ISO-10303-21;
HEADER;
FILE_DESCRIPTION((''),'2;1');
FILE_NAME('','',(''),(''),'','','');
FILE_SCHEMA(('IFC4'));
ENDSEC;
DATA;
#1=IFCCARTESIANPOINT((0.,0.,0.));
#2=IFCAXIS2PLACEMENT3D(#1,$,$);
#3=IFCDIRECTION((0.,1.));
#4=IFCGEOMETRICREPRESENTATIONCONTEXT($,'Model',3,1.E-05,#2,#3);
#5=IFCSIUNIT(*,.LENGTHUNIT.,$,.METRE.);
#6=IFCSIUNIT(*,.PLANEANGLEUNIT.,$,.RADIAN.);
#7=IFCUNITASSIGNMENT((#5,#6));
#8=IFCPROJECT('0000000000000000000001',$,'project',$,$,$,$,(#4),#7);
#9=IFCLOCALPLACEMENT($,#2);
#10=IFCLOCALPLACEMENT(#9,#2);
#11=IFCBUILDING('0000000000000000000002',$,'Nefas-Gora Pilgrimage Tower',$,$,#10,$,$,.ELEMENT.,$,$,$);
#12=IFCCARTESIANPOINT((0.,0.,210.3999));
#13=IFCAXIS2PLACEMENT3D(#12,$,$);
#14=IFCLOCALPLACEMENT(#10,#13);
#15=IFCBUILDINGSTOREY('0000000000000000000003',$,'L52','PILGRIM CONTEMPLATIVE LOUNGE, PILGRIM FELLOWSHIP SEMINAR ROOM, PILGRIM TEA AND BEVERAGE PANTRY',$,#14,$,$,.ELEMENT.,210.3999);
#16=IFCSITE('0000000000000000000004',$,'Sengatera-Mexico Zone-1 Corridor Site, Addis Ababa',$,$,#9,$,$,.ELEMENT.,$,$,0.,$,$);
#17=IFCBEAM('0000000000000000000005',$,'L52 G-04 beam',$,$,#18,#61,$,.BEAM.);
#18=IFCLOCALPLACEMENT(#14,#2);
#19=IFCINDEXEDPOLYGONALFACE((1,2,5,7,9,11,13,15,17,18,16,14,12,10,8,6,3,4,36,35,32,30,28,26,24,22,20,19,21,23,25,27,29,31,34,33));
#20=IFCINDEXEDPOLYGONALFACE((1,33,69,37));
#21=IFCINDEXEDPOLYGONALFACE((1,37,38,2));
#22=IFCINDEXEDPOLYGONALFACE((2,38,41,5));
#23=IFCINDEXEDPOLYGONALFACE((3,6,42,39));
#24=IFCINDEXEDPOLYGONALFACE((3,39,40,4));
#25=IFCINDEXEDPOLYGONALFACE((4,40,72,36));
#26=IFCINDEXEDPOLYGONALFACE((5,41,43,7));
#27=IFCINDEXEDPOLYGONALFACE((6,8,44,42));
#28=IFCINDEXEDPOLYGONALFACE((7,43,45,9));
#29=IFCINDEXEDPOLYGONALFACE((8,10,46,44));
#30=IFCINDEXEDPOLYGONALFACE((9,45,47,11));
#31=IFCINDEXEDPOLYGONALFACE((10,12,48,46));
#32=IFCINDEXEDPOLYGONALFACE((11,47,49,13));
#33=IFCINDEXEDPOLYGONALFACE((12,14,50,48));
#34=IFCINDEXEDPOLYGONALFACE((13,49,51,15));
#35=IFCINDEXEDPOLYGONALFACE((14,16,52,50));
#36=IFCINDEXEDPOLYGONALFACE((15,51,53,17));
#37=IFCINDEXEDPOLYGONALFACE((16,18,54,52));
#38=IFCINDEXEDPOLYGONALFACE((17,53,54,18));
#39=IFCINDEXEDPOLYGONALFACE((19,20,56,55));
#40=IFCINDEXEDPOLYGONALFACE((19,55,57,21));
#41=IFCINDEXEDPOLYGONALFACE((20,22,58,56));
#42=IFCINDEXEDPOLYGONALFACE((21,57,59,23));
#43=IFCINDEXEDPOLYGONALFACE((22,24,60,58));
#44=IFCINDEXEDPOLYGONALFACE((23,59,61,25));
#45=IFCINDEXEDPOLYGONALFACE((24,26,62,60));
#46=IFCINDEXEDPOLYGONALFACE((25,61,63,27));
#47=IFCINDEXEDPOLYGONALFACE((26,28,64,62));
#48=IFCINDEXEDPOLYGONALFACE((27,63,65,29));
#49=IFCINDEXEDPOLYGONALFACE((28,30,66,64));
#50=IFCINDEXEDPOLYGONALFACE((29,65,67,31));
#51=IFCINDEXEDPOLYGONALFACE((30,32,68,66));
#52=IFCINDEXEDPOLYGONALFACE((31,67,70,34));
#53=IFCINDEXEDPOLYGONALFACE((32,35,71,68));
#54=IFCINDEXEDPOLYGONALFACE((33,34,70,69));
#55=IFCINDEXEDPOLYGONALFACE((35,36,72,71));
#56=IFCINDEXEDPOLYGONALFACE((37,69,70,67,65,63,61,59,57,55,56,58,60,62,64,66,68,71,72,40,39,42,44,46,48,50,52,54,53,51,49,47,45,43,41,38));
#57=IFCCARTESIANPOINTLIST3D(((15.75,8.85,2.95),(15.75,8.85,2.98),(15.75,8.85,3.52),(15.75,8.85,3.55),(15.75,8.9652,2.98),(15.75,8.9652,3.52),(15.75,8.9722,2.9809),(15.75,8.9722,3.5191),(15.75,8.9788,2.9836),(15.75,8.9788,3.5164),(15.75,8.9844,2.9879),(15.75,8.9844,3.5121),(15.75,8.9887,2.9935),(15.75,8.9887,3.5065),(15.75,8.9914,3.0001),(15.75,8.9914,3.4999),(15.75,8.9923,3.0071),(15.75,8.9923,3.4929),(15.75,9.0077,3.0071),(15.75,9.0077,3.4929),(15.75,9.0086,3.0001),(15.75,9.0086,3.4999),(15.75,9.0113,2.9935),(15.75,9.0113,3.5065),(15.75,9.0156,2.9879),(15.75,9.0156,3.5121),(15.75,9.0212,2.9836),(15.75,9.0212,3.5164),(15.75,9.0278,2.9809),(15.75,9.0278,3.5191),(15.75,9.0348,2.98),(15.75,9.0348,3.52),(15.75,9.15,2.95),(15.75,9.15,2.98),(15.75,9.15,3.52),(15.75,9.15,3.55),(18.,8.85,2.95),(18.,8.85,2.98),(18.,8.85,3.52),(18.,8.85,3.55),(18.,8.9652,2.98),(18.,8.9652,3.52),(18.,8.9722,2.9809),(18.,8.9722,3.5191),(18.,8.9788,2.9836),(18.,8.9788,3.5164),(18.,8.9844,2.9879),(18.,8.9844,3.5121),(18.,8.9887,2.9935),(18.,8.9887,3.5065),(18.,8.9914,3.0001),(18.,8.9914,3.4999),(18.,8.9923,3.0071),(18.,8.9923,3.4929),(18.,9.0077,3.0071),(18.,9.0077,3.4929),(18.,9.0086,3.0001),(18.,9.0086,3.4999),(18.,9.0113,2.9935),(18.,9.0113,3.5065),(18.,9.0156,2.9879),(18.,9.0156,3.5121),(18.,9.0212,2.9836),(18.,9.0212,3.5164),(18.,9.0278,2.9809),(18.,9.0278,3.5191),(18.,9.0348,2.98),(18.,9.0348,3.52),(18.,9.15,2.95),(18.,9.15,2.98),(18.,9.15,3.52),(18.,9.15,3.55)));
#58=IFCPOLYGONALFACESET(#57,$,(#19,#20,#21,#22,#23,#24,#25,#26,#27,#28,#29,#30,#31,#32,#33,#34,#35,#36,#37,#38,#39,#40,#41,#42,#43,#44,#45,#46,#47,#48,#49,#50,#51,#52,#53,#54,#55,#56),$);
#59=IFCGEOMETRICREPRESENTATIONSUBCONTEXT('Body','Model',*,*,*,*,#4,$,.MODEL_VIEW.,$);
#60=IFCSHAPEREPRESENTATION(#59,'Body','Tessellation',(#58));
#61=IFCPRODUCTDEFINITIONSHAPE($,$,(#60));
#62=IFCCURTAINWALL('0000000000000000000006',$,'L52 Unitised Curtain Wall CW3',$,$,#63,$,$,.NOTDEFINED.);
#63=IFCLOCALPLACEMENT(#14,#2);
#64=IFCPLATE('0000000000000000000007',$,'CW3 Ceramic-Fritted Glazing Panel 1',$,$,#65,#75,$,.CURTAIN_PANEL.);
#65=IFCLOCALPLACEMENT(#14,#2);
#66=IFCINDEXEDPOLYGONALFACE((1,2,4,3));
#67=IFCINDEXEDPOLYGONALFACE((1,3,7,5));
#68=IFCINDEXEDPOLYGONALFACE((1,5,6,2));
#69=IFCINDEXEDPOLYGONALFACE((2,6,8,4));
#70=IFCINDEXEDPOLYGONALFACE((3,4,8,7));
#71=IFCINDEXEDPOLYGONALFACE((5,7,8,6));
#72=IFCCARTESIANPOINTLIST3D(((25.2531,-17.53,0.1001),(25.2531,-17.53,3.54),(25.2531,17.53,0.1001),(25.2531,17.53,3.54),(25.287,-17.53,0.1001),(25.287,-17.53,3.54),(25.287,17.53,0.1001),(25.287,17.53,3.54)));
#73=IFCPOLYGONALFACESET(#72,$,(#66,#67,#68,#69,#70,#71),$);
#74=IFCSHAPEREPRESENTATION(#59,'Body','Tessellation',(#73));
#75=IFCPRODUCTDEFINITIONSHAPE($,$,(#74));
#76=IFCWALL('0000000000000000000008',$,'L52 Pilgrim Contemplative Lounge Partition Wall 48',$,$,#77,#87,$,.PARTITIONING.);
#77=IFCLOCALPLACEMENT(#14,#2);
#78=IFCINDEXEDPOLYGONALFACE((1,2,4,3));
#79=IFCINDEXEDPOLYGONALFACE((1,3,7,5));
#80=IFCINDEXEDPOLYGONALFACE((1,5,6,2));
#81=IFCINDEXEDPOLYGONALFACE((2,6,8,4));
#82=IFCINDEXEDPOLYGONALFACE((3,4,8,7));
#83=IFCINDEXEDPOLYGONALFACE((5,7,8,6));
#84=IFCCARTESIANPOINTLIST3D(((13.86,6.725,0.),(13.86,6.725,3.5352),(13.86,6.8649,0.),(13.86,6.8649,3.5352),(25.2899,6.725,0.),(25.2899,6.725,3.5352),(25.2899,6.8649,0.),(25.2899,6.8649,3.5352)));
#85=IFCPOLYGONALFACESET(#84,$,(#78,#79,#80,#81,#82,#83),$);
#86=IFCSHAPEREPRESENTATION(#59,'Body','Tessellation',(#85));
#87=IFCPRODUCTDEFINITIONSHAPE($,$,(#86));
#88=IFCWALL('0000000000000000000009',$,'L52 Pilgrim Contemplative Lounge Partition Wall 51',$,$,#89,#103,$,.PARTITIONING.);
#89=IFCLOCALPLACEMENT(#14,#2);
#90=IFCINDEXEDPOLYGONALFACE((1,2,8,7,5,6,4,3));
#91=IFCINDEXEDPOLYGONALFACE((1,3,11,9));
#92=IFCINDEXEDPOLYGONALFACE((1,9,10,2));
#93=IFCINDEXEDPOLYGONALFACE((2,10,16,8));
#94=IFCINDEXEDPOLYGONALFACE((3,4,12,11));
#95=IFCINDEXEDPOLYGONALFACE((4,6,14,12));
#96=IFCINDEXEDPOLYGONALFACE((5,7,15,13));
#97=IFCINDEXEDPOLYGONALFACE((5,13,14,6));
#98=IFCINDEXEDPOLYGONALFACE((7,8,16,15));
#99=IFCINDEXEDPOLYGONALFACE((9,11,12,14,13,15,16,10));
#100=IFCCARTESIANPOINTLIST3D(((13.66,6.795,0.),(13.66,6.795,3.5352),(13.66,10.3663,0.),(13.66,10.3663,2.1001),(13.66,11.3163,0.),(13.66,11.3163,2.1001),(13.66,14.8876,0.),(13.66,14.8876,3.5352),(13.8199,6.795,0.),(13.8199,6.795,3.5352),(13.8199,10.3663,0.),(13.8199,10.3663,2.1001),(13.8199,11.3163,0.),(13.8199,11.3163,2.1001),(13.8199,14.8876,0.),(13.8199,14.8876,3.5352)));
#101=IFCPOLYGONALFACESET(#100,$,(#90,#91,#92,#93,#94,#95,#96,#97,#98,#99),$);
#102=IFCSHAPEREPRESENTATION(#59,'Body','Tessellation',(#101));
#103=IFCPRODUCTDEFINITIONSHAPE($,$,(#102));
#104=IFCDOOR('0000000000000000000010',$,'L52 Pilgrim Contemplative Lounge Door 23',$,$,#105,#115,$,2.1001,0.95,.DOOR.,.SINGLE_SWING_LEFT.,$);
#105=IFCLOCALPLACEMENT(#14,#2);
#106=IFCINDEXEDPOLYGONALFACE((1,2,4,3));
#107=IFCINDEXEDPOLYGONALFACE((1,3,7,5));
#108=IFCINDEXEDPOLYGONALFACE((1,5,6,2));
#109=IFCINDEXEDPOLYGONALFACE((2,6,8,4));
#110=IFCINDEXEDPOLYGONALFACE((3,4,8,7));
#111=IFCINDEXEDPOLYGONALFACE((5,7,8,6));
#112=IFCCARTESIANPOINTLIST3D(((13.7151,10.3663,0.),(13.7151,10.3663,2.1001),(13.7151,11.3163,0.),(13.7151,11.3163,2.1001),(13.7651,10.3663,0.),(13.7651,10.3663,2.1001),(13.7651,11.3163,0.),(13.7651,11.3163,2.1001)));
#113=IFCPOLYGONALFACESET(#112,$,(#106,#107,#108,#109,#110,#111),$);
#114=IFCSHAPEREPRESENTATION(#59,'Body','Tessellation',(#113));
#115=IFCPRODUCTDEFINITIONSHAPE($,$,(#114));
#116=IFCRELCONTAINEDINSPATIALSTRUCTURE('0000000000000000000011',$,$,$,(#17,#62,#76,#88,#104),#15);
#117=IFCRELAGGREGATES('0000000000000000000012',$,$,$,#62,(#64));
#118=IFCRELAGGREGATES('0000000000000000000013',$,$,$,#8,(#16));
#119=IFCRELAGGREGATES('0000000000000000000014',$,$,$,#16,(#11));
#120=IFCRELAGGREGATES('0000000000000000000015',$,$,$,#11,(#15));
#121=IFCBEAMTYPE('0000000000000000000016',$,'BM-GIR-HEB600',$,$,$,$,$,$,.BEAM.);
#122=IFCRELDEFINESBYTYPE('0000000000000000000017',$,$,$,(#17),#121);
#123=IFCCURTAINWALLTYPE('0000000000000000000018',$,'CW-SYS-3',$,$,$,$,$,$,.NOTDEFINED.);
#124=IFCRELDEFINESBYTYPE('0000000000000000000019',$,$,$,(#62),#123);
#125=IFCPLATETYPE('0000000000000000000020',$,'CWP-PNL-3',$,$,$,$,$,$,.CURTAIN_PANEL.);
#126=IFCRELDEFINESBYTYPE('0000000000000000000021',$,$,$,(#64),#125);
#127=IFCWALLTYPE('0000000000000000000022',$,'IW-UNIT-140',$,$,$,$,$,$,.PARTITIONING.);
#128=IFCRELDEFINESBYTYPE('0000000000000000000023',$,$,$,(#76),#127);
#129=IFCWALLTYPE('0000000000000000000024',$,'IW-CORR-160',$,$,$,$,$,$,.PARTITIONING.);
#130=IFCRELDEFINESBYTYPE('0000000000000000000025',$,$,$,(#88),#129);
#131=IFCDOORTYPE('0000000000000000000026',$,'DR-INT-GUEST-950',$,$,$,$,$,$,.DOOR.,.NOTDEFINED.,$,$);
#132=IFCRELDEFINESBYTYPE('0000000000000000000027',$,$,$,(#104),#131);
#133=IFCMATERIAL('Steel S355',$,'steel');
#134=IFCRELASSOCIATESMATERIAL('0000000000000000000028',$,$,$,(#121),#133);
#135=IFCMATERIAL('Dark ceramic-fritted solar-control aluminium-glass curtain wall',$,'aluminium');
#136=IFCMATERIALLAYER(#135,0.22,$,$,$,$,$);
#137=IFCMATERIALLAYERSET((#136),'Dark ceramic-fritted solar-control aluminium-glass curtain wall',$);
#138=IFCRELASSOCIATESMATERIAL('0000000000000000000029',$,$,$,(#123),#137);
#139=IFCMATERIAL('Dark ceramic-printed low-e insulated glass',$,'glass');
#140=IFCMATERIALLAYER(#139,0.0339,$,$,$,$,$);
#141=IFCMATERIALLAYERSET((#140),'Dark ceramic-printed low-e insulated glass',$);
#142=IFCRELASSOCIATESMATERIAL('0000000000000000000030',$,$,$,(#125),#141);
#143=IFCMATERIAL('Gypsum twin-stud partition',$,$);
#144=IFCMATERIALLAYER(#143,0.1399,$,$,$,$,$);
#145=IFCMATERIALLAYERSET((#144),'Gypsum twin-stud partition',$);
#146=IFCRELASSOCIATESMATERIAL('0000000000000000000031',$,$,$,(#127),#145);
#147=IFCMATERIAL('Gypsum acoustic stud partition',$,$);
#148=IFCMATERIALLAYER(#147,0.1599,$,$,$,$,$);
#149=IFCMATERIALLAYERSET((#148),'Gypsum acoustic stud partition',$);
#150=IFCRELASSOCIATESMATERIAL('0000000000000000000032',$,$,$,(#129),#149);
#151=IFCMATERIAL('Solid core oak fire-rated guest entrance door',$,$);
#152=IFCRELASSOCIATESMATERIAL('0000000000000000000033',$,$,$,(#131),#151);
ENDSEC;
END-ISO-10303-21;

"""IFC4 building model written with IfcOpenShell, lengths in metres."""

from ifc_helpers import new_model, si_unit, direction, frame, frame_2d, origin, origin_2d, place, context, subcontext, project, spatial, rectangle, i_section, extrude, source, transform, mapped, material, layer, layer_set, material_profile, profile_set, type_object, element, fill, aggregate, save


model = new_model("IFC4")

# Units and contexts
model_context = context("Model", 3, precision=1e-05, world=origin(), true_north=direction((0.0, 1.0)))
body_context = subcontext(model_context, "Body", "Model", "MODEL_VIEW")
ifc_project = project(units=[si_unit("LENGTHUNIT", "METRE"), si_unit("PLANEANGLEUNIT", "RADIAN")], contexts=[model_context])

# Site, building, storey
site_placement = place(None, origin())
site = spatial("IfcSite", under=ifc_project, at=site_placement, Name="Sengatera-Mexico Zone-1 Corridor Site, Addis Ababa", CompositionType="ELEMENT", RefElevation=0.0)
building_placement = place(site_placement, origin())
building = spatial("IfcBuilding", under=site, at=building_placement, Name="Nefas-Gora Pilgrimage Tower", CompositionType="ELEMENT")
storey_placement = place(building_placement, frame((0.0, 0.0, 210.3999)))
storey = spatial("IfcBuildingStorey", under=building, at=storey_placement, Name="L52", Description="PILGRIM CONTEMPLATIVE LOUNGE, PILGRIM FELLOWSHIP SEMINAR ROOM, PILGRIM TEA AND BEVERAGE PANTRY", CompositionType="ELEMENT", Elevation=210.3999)

# Beam
ifc_material_1 = material(Name="Steel S355", Category="steel")
ifc_material_profile_1 = material_profile(ifc_material_1, i_section(OverallWidth=0.3, OverallDepth=0.6001, WebThickness=0.0154, FlangeThickness=0.03, FilletRadius=0.0271, at=origin_2d()), Name="HEB 600")
ifc_profile_set_1 = profile_set([ifc_material_profile_1], Name="Steel S355")
beam_type_1 = type_object("IfcBeamType", Name="BM-GIR-HEB600", PredefinedType="BEAM", material=ifc_profile_set_1)
shared_shape_1 = source(origin(), body_context, "Body", "SweptSolid", [
    extrude(i_section(OverallWidth=0.3, OverallDepth=0.6001, WebThickness=0.0154, FlangeThickness=0.03, FilletRadius=0.0271, at=origin_2d()), origin(), (0.0, 0.0, 1.0), 2.25),
])
for number, where, z_axis, x_axis, name in (
    (1, (15.75, 9.0, 3.25), (1.0, 0.0, 0.0), (0.0, 1.0, 0.0), "L52 G-04 beam"),
):
    element("IfcBeam", number, at=place(storey_placement, frame(where, z_axis=z_axis, x_axis=x_axis)), inside=storey, type_object=beam_type_1, Name=name, PredefinedType="BEAM", context=body_context, shape_type="MappedRepresentation", body=[
        mapped(shared_shape_1, transform((0.0, 0.0, 0.0), x_axis=(1.0, 0.0, 0.0), y_axis=(0.0, 1.0, 0.0), z_axis=(0.0, 0.0, 1.0), scale=1.0)),
    ])

# Curtain wall, plate
ifc_material_2 = material(Name="Dark ceramic-fritted solar-control aluminium-glass curtain wall", Category="aluminium")
ifc_layer_1 = layer(ifc_material_2, 0.22)
ifc_layer_set_1 = layer_set([ifc_layer_1], Name="Dark ceramic-fritted solar-control aluminium-glass curtain wall")
curtain_wall_type = type_object("IfcCurtainWallType", Name="CW-SYS-3", PredefinedType="NOTDEFINED", material=ifc_layer_set_1)
curtain_wall_placement = place(storey_placement, origin())
curtain_wall = element("IfcCurtainWall", 2, at=curtain_wall_placement, inside=storey, type_object=curtain_wall_type, Name="L52 Unitised Curtain Wall CW3", PredefinedType="NOTDEFINED")
ifc_material_3 = material(Name="Dark ceramic-printed low-e insulated glass", Category="glass")
ifc_layer_2 = layer(ifc_material_3, 0.0339)
ifc_layer_set_2 = layer_set([ifc_layer_2], Name="Dark ceramic-printed low-e insulated glass")
plate_type = type_object("IfcPlateType", Name="CWP-PNL-3", PredefinedType="CURTAIN_PANEL", material=ifc_layer_set_2)
shared_shape_2 = source(origin(), body_context, "Body", "SweptSolid", [
    extrude(rectangle(XDim=35.0601, YDim=0.0339, at=origin_2d()), origin(), (0.0, 0.0, 1.0), 3.4399),
])
plate_placement = place(storey_placement, frame((25.27, 0.0, 0.1001), z_axis=(0.0, 0.0, 1.0), x_axis=(0.0, 1.0, 0.0)))
plate = element("IfcPlate", 3, at=plate_placement, type_object=plate_type, Name="CW3 Ceramic-Fritted Glazing Panel 1", PredefinedType="CURTAIN_PANEL", context=body_context, shape_type="MappedRepresentation", body=[
    mapped(shared_shape_2, transform((0.0, 0.0, 0.0), x_axis=(1.0, 0.0, 0.0), y_axis=(0.0, 1.0, 0.0), z_axis=(0.0, 0.0, 1.0), scale=1.0)),
])
aggregate(curtain_wall, [plate])

# Wall
ifc_material_4 = material(Name="Gypsum twin-stud partition")
ifc_layer_3 = layer(ifc_material_4, 0.1399)
ifc_layer_set_3 = layer_set([ifc_layer_3], Name="Gypsum twin-stud partition")
wall_type_1 = type_object("IfcWallType", Name="IW-UNIT-140", PredefinedType="PARTITIONING", material=ifc_layer_set_3)
shared_shape_3 = source(origin(), body_context, "Body", "SweptSolid", [
    extrude(rectangle(XDim=11.4299, YDim=0.1399, at=frame_2d((5.7148, 0.0))), origin(), (0.0, 0.0, 1.0), 3.5352),
])
wall_1_placement = place(storey_placement, frame((13.8601, 6.7949, 0.0), z_axis=(0.0, 0.0, 1.0), x_axis=(1.0, 0.0, 0.0)))
element("IfcWall", 4, at=wall_1_placement, inside=storey, type_object=wall_type_1, Name="L52 Pilgrim Contemplative Lounge Partition Wall 48", PredefinedType="PARTITIONING", context=body_context, shape_type="MappedRepresentation", body=[
    mapped(shared_shape_3, transform((0.0, 0.0, 0.0), x_axis=(1.0, 0.0, 0.0), y_axis=(0.0, 1.0, 0.0), z_axis=(0.0, 0.0, 1.0), scale=1.0)),
])

# Wall, opening, door
ifc_material_5 = material(Name="Gypsum acoustic stud partition")
ifc_layer_4 = layer(ifc_material_5, 0.1599)
ifc_layer_set_4 = layer_set([ifc_layer_4], Name="Gypsum acoustic stud partition")
wall_type_2 = type_object("IfcWallType", Name="IW-CORR-160", PredefinedType="PARTITIONING", material=ifc_layer_set_4)
shared_shape_4 = source(origin(), body_context, "Body", "SweptSolid", [
    extrude(rectangle(XDim=8.0925, YDim=0.1599, at=frame_2d((4.0464, 0.0))), origin(), (0.0, 0.0, 1.0), 3.5352),
])
wall_2_placement = place(storey_placement, frame((13.74, 6.7949, 0.0), z_axis=(0.0, 0.0, 1.0), x_axis=(0.0, 1.0, 0.0)))
wall_2 = element("IfcWall", 5, at=wall_2_placement, inside=storey, type_object=wall_type_2, Name="L52 Pilgrim Contemplative Lounge Partition Wall 51", PredefinedType="PARTITIONING", context=body_context, shape_type="MappedRepresentation", body=[
    mapped(shared_shape_4, transform((0.0, 0.0, 0.0), x_axis=(1.0, 0.0, 0.0), y_axis=(0.0, 1.0, 0.0), z_axis=(0.0, 0.0, 1.0), scale=1.0)),
])
opening_placement = place(wall_2_placement, frame((3.5713, 0.0, 0.0)))
opening = element("IfcOpeningElement", 6, at=opening_placement, cuts=wall_2, PredefinedType="OPENING", context=body_context, shape_type="SweptSolid", body=[
    extrude(rectangle(XDim=0.95, YDim=2.1001, at=frame_2d((0.4751, 1.05))), frame((0.0, 0.0898, 0.0), z_axis=(0.0, -1.0, 0.0), x_axis=(1.0, 0.0, 0.0)), (0.0, 0.0, 1.0), 0.1799),
])
ifc_material_6 = material(Name="Solid core oak fire-rated guest entrance door")
door_type = type_object("IfcDoorType", Name="DR-INT-GUEST-950", OperationType="NOTDEFINED", PredefinedType="DOOR", material=ifc_material_6)
shared_shape_5 = source(origin(), body_context, "Body", "SweptSolid", [
    extrude(rectangle(XDim=0.95, YDim=2.1001, at=frame_2d((0.4751, 1.05))), frame((0.0, 0.0249, 0.0), z_axis=(0.0, -1.0, 0.0), x_axis=(1.0, 0.0, 0.0)), (0.0, 0.0, 1.0), 0.05),
])
door_placement = place(opening_placement, origin())
door = element("IfcDoor", 7, at=door_placement, inside=storey, type_object=door_type, Name="L52 Pilgrim Contemplative Lounge Door 23", OperationType="SINGLE_SWING_LEFT", OverallHeight=2.1001, OverallWidth=0.95, PredefinedType="DOOR", context=body_context, shape_type="MappedRepresentation", body=[
    mapped(shared_shape_5, transform((0.0, 0.0, 0.0), x_axis=(1.0, 0.0, 0.0), y_axis=(0.0, 1.0, 0.0), z_axis=(0.0, 0.0, 1.0), scale=1.0)),
])
fill(opening, door)

save(model, "model.ifc")
